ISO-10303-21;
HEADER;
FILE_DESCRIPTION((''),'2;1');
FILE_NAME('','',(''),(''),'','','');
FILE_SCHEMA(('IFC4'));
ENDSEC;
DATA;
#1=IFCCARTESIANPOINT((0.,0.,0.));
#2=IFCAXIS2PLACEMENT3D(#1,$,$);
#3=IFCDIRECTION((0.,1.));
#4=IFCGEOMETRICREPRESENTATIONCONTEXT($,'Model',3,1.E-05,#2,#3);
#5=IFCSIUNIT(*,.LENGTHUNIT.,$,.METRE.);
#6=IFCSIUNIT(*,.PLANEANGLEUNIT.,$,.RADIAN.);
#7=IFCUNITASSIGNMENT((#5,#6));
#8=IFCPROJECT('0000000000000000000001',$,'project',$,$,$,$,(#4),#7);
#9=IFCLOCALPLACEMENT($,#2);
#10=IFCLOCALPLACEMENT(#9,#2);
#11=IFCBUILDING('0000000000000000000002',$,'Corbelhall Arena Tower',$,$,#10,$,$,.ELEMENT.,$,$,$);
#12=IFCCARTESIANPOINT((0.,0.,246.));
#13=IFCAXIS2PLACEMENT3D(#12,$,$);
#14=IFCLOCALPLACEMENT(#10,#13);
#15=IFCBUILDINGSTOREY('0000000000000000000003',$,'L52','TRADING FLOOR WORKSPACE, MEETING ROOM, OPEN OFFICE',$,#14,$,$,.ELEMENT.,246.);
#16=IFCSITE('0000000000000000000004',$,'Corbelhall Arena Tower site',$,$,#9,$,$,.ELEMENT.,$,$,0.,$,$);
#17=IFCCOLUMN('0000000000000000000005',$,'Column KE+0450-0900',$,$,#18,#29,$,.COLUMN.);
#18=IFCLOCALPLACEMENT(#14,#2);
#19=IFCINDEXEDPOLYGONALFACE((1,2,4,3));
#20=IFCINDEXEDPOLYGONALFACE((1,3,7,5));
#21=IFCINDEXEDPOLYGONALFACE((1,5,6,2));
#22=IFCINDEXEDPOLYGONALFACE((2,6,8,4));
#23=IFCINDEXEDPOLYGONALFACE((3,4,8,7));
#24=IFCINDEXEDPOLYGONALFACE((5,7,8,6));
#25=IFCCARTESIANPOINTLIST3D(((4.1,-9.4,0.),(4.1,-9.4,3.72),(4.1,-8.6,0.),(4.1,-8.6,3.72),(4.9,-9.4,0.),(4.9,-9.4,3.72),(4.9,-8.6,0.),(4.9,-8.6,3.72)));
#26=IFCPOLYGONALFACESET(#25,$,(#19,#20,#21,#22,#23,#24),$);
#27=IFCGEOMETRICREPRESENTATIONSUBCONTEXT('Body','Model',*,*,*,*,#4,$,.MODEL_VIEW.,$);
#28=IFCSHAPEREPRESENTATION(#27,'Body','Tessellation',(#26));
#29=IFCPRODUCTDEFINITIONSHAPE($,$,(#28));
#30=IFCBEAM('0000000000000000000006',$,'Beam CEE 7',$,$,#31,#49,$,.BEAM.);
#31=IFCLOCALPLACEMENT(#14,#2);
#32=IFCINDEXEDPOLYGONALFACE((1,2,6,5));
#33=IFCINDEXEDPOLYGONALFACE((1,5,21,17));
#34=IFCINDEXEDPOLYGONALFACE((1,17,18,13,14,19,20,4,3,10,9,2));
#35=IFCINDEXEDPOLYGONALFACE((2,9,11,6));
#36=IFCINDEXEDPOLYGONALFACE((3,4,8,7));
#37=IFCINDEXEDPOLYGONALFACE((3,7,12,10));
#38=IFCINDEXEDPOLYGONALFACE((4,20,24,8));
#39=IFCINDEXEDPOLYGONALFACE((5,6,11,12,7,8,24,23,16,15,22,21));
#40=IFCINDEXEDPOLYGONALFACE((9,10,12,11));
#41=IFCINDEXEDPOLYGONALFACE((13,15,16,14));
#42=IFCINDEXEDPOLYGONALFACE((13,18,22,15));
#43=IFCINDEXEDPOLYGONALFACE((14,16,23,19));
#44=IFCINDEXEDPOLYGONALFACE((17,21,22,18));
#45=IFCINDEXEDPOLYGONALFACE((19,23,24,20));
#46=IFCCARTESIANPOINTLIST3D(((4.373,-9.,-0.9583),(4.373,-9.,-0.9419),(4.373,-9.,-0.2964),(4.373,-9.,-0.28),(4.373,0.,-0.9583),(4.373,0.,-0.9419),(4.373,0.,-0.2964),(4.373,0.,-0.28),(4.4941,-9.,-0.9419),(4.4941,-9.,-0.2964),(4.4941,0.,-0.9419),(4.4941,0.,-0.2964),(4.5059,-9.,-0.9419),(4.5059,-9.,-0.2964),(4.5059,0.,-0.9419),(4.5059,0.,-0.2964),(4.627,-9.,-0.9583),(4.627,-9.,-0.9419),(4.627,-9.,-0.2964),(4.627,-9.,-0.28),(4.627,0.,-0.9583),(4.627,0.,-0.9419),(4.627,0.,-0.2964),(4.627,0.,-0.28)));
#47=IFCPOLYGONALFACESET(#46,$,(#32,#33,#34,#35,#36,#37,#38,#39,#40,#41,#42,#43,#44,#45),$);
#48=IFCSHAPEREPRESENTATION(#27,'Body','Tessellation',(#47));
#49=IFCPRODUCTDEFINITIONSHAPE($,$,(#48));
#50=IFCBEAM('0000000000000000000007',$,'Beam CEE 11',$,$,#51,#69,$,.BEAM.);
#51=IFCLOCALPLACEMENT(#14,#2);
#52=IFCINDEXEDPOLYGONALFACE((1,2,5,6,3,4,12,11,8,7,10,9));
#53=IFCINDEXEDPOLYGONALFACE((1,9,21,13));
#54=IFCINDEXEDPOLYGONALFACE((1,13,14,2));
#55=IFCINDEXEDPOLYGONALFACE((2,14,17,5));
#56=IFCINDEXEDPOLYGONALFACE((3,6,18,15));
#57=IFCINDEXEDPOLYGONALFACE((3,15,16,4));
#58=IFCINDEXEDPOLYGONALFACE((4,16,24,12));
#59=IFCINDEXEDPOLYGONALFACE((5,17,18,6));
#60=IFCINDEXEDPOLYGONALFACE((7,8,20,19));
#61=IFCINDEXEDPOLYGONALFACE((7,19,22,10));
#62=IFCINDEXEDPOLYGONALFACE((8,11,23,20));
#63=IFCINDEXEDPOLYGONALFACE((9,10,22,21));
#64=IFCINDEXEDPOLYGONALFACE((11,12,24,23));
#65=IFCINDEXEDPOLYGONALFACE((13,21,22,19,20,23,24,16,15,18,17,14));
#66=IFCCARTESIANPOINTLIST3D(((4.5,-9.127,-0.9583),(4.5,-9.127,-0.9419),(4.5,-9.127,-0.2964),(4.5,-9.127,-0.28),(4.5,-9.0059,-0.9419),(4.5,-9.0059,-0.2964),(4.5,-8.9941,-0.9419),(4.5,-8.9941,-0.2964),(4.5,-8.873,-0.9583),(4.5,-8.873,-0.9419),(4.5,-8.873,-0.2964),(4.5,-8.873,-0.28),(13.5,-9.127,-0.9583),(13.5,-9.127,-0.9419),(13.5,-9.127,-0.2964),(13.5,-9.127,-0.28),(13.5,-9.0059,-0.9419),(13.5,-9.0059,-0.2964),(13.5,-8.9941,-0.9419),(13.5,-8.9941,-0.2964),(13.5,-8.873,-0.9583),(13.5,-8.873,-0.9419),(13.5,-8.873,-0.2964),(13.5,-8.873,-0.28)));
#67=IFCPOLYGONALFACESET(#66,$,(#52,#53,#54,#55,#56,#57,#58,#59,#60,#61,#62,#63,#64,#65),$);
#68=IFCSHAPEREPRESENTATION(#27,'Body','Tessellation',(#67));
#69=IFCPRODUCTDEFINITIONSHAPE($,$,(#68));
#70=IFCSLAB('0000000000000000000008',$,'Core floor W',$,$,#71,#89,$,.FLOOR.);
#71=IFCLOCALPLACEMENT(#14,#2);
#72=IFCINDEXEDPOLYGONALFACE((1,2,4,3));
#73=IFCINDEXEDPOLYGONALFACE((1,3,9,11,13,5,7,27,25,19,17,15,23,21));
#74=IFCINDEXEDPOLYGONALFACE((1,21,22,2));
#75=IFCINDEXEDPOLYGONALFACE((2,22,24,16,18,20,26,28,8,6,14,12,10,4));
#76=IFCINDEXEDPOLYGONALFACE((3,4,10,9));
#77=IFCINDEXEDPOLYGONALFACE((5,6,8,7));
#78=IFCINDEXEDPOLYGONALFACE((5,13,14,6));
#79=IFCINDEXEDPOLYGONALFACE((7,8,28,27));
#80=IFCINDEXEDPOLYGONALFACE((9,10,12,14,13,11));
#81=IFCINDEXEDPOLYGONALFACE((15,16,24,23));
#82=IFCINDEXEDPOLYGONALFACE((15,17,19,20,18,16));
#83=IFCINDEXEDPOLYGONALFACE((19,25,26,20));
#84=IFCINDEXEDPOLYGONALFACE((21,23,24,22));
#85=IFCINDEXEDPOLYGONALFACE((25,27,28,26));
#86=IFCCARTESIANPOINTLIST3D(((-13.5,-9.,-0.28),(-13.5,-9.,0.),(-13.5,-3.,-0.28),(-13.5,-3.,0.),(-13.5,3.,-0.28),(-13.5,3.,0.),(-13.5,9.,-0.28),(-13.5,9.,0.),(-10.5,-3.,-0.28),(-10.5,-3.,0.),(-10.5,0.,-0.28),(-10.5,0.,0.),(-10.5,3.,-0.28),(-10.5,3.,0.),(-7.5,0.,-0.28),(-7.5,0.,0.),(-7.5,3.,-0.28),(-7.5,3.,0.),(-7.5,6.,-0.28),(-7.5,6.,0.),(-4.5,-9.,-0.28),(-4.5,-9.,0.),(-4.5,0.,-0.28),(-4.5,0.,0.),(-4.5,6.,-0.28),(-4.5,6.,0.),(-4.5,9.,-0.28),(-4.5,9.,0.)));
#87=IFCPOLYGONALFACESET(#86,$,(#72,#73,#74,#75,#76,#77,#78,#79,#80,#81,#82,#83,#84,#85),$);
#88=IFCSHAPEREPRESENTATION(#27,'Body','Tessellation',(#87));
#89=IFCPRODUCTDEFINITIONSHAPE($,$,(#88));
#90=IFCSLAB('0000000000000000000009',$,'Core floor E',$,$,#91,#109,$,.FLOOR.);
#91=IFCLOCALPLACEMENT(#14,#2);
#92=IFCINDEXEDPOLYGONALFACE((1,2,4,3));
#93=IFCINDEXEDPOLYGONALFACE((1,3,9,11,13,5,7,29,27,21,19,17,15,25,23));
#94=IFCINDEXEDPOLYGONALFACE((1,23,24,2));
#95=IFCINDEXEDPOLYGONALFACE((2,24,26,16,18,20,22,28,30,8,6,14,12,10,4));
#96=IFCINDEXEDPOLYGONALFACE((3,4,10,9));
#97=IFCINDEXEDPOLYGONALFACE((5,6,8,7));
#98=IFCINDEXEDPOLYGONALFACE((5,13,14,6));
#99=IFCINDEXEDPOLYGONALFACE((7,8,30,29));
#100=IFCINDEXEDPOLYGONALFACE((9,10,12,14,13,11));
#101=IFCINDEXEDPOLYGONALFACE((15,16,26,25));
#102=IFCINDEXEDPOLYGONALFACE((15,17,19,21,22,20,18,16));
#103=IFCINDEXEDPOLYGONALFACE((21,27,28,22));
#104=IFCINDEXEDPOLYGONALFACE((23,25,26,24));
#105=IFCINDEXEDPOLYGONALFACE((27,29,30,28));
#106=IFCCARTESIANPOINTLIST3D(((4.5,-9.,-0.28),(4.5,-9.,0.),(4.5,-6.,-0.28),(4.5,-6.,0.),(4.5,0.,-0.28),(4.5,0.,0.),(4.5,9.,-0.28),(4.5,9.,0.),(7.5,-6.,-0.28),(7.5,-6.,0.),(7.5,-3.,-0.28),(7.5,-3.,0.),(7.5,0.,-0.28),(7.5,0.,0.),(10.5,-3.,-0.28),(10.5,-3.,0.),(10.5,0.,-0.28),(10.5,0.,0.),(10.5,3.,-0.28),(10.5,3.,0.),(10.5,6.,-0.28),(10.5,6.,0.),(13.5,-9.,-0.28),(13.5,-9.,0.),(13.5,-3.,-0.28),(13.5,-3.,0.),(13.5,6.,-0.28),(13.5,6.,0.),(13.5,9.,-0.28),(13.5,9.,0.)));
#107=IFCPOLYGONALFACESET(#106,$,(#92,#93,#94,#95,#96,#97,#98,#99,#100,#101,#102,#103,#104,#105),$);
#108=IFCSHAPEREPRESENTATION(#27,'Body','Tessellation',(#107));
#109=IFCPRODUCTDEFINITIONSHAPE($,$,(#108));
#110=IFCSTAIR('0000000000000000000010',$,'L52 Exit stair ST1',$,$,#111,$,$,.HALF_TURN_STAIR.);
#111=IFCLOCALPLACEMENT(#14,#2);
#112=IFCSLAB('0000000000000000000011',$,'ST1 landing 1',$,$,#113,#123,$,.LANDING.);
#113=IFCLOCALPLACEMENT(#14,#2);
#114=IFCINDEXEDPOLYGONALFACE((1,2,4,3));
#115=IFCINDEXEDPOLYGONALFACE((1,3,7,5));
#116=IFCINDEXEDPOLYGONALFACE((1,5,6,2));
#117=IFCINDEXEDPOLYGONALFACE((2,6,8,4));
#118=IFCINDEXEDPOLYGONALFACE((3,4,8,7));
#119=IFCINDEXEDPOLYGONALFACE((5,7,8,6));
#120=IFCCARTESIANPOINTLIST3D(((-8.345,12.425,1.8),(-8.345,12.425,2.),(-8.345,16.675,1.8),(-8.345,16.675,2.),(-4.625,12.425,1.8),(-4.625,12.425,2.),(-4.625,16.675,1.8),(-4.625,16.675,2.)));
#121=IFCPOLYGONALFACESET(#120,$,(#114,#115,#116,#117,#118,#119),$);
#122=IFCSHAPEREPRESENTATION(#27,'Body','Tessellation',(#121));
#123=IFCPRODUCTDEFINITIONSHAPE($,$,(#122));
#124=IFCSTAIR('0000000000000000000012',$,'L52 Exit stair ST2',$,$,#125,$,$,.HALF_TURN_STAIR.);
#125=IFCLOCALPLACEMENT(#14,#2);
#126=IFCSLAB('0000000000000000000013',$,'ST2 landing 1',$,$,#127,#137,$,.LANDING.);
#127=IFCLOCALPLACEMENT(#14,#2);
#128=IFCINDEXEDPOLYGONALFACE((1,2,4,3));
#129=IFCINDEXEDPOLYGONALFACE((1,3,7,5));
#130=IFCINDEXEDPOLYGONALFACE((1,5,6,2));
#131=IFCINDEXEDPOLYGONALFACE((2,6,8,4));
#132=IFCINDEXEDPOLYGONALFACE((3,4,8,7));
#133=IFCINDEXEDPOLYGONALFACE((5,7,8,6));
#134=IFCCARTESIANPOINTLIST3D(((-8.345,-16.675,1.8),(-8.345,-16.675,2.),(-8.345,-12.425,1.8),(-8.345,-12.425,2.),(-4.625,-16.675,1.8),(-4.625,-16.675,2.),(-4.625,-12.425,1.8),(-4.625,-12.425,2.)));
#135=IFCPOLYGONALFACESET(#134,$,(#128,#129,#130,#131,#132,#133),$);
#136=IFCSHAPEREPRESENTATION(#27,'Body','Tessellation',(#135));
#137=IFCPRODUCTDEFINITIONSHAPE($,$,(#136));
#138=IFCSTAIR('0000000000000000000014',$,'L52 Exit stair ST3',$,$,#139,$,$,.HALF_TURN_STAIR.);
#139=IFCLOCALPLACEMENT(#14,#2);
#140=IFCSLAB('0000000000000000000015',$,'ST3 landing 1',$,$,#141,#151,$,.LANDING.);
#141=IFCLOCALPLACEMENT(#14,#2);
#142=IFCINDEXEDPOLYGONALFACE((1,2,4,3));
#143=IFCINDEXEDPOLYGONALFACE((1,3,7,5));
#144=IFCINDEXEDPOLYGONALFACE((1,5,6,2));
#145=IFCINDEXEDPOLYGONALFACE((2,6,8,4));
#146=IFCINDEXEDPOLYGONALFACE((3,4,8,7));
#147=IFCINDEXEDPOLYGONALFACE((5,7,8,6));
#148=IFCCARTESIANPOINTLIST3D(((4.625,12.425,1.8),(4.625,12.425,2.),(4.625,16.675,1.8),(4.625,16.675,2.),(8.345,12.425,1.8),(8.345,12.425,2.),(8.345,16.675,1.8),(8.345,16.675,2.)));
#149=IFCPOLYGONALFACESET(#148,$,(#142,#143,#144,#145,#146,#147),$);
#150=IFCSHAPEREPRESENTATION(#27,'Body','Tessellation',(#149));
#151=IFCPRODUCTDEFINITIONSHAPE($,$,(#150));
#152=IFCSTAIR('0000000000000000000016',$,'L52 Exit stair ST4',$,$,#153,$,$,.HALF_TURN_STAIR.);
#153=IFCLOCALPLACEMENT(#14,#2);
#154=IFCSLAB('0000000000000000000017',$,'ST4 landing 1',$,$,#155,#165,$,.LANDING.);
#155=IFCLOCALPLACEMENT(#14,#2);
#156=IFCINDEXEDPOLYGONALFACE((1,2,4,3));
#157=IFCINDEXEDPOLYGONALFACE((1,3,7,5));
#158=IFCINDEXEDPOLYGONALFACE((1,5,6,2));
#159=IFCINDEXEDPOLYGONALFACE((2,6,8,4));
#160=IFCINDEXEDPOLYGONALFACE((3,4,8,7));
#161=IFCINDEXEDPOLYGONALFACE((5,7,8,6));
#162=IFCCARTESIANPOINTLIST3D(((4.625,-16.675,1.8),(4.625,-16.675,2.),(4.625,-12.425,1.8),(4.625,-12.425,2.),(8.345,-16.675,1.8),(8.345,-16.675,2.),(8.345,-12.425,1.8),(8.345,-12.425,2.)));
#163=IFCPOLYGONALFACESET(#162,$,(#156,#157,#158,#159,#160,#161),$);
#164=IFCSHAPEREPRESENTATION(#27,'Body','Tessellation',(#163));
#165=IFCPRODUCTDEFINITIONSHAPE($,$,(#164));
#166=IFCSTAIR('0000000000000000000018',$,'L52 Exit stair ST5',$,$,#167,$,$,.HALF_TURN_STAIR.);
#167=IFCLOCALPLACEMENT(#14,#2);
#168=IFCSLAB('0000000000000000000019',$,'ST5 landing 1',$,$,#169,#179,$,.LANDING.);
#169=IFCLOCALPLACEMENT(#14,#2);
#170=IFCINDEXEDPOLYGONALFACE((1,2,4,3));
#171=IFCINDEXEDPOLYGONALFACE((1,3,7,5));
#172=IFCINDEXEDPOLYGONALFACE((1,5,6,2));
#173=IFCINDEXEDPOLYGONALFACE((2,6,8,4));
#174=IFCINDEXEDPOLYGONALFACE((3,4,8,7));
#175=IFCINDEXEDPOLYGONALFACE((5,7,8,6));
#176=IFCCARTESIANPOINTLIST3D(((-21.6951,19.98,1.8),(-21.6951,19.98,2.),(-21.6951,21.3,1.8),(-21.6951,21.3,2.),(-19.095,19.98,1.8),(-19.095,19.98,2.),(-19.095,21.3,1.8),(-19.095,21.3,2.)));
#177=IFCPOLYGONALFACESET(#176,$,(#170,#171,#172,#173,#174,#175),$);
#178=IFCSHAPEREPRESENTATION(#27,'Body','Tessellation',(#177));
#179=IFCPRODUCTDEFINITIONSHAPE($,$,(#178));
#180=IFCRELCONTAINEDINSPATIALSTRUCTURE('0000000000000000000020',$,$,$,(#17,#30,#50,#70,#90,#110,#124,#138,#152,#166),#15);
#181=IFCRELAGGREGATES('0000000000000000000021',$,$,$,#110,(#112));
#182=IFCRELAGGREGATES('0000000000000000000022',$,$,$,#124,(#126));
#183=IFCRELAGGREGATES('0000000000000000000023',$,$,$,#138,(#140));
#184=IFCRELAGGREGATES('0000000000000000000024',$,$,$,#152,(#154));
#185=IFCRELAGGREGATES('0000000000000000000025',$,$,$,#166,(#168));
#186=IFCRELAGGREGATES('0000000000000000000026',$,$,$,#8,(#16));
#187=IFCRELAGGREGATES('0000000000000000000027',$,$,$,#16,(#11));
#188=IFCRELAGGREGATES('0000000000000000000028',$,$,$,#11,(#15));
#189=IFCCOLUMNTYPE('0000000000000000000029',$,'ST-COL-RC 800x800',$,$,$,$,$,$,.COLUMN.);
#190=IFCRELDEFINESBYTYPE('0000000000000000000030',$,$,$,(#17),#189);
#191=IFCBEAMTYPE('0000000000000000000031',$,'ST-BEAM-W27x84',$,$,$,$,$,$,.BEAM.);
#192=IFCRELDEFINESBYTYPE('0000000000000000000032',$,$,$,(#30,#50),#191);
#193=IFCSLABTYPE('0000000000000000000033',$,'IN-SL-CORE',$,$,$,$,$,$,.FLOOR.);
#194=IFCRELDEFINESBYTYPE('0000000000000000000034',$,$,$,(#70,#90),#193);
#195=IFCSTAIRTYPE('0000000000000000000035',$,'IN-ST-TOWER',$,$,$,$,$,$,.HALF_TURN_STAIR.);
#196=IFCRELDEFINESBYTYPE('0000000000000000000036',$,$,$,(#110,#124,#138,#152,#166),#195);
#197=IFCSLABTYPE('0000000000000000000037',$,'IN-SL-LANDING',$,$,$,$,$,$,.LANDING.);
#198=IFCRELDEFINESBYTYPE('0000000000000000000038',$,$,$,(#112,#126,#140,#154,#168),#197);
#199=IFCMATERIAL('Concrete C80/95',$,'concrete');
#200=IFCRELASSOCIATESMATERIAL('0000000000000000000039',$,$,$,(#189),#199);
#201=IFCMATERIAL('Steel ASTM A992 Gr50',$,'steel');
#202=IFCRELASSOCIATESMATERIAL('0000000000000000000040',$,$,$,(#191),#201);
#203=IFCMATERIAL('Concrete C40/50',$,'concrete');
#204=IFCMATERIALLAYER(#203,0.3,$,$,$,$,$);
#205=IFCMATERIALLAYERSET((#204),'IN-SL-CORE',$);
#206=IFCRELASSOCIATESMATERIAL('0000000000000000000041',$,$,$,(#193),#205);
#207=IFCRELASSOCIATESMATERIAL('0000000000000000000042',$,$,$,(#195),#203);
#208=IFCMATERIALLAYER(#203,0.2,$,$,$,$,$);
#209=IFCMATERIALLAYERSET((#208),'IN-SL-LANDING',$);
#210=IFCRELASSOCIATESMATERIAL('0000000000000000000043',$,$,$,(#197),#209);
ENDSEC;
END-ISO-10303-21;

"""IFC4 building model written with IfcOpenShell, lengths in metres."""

from ifc_helpers import new_model, si_unit, direction, frame, origin, origin_2d, place, context, subcontext, project, spatial, polyline, rectangle, i_section, outline, extrude, material, layer, layer_set, material_profile, profile_set, type_object, element, aggregate, save


model = new_model("IFC4")

# Units and contexts
model_context = context("Model", 3, precision=1e-05, world=origin(), true_north=direction((0.0, 1.0)))
body_context = subcontext(model_context, "Body", "Model", "MODEL_VIEW")
ifc_project = project(units=[si_unit("LENGTHUNIT", "METRE"), si_unit("PLANEANGLEUNIT", "RADIAN")], contexts=[model_context])

# Site, building, storey
site_placement = place(None, origin())
site = spatial("IfcSite", under=ifc_project, at=site_placement, Name="Corbelhall Arena Tower site", CompositionType="ELEMENT", RefElevation=0.0)
building_placement = place(site_placement, origin())
building = spatial("IfcBuilding", under=site, at=building_placement, Name="Corbelhall Arena Tower", CompositionType="ELEMENT")
storey_placement = place(building_placement, frame((0.0, 0.0, 246.0)))
storey = spatial("IfcBuildingStorey", under=building, at=storey_placement, Name="L52", Description="TRADING FLOOR WORKSPACE, MEETING ROOM, OPEN OFFICE", CompositionType="ELEMENT", Elevation=246.0)

# Column
ifc_material_1 = material(Name="Concrete C80/95", Category="concrete")
ifc_material_profile_1 = material_profile(ifc_material_1, rectangle(XDim=0.8, YDim=0.8, at=origin_2d()))
ifc_profile_set_1 = profile_set([ifc_material_profile_1], Name="Concrete C80/95")
column_type = type_object("IfcColumnType", Name="ST-COL-RC 800x800", PredefinedType="COLUMN", material=ifc_profile_set_1)
column_placement = place(storey_placement, frame((4.5, -9.0, 0.0), z_axis=(0.0, 0.0, 1.0), x_axis=(1.0, 0.0, 0.0)))
element("IfcColumn", 1, at=column_placement, inside=storey, type_object=column_type, Name="Column KE+0450-0900", PredefinedType="COLUMN", context=body_context, shape_type="SweptSolid", body=[
    extrude(rectangle(XDim=0.8, YDim=0.8, at=origin_2d()), origin(), (0.0, 0.0, 1.0), 3.72),
])

# Beams
ifc_material_2 = material(Name="Steel ASTM A992 Gr50", Category="steel")
ifc_material_profile_2 = material_profile(ifc_material_2, i_section(OverallWidth=0.2539, OverallDepth=0.6782, WebThickness=0.0117, FlangeThickness=0.0164, at=origin_2d()))
ifc_profile_set_2 = profile_set([ifc_material_profile_2], Name="Steel ASTM A992 Gr50")
beam_type = type_object("IfcBeamType", Name="ST-BEAM-W27x84", PredefinedType="BEAM", material=ifc_profile_set_2)
for number, where, z_axis, x_axis, name in (
    (2, (4.5, -9.0, -0.6191), (0.0, 1.0, 0.0), (-1.0, 0.0, 0.0), "Beam CEE 7"),
    (3, (4.5, -9.0, -0.6191), (1.0, 0.0, 0.0), (0.0, 1.0, 0.0), "Beam CEE 11"),
):
    element("IfcBeam", number, at=place(storey_placement, frame(where, z_axis=z_axis, x_axis=x_axis)), inside=storey, type_object=beam_type, Name=name, PredefinedType="BEAM", context=body_context, shape_type="SweptSolid", body=[
        extrude(i_section(OverallWidth=0.2539, OverallDepth=0.6782, WebThickness=0.0117, FlangeThickness=0.0164, at=origin_2d()), origin(), (0.0, 0.0, 1.0), 9.0),
    ])

# Slabs
ifc_material_3 = material(Name="Concrete C40/50", Category="concrete")
ifc_layer_1 = layer(ifc_material_3, 0.3)
ifc_layer_set_1 = layer_set([ifc_layer_1], Name="IN-SL-CORE")
slab_type_1 = type_object("IfcSlabType", Name="IN-SL-CORE", PredefinedType="FLOOR", material=ifc_layer_set_1)
slab_1_placement = place(storey_placement, frame((0.0, 0.0, -0.28)))
element("IfcSlab", 4, at=slab_1_placement, inside=storey, type_object=slab_type_1, Name="Core floor W", PredefinedType="FLOOR", context=body_context, shape_type="SweptSolid", body=[
    extrude(outline(polyline([(-10.5, -3.0), (-13.5, -3.0), (-13.5, -9.0), (-4.5, -9.0), (-4.5, 0.0), (-7.5, 0.0), (-7.5, 3.0), (-7.5, 6.0), (-4.5, 6.0), (-4.5, 9.0), (-13.5, 9.0), (-13.5, 3.0), (-10.5, 3.0), (-10.5, 0.0), (-10.5, -3.0)])), origin(), (0.0, 0.0, 1.0), 0.28),
])
slab_2_placement = place(storey_placement, frame((0.0, 0.0, -0.28)))
element("IfcSlab", 5, at=slab_2_placement, inside=storey, type_object=slab_type_1, Name="Core floor E", PredefinedType="FLOOR", context=body_context, shape_type="SweptSolid", body=[
    extrude(outline(polyline([(13.5, -3.0), (10.5, -3.0), (10.5, 0.0), (10.5, 3.0), (10.5, 6.0), (13.5, 6.0), (13.5, 9.0), (4.5, 9.0), (4.5, 0.0), (7.5, 0.0), (7.5, -3.0), (7.5, -6.0), (4.5, -6.0), (4.5, -9.0), (13.5, -9.0), (13.5, -3.0)])), origin(), (0.0, 0.0, 1.0), 0.28),
])

# Stairs, slabs
stair_type = type_object("IfcStairType", Name="IN-ST-TOWER", PredefinedType="HALF_TURN_STAIR", material=ifc_material_3)
stair_1_placement = place(storey_placement, origin())
stair_1 = element("IfcStair", 6, at=stair_1_placement, inside=storey, type_object=stair_type, Name="L52 Exit stair ST1", PredefinedType="HALF_TURN_STAIR")
ifc_layer_2 = layer(ifc_material_3, 0.2)
ifc_layer_set_2 = layer_set([ifc_layer_2], Name="IN-SL-LANDING")
slab_type_2 = type_object("IfcSlabType", Name="IN-SL-LANDING", PredefinedType="LANDING", material=ifc_layer_set_2)
slab_3_placement = place(storey_placement, frame((0.0, 0.0, 1.8)))
slab_3 = element("IfcSlab", 7, at=slab_3_placement, type_object=slab_type_2, Name="ST1 landing 1", PredefinedType="LANDING", context=body_context, shape_type="SweptSolid", body=[
    extrude(outline(polyline([(-8.345, 12.425), (-4.625, 12.425), (-4.625, 16.675), (-8.345, 16.675), (-8.345, 12.425)])), origin(), (0.0, 0.0, 1.0), 0.2),
])
aggregate(stair_1, [slab_3])
stair_2_placement = place(storey_placement, origin())
stair_2 = element("IfcStair", 8, at=stair_2_placement, inside=storey, type_object=stair_type, Name="L52 Exit stair ST2", PredefinedType="HALF_TURN_STAIR")
slab_4_placement = place(storey_placement, frame((0.0, 0.0, 1.8)))
slab_4 = element("IfcSlab", 9, at=slab_4_placement, type_object=slab_type_2, Name="ST2 landing 1", PredefinedType="LANDING", context=body_context, shape_type="SweptSolid", body=[
    extrude(outline(polyline([(-8.345, -16.675), (-4.625, -16.675), (-4.625, -12.425), (-8.345, -12.425), (-8.345, -16.675)])), origin(), (0.0, 0.0, 1.0), 0.2),
])
aggregate(stair_2, [slab_4])
stair_3_placement = place(storey_placement, origin())
stair_3 = element("IfcStair", 10, at=stair_3_placement, inside=storey, type_object=stair_type, Name="L52 Exit stair ST3", PredefinedType="HALF_TURN_STAIR")
slab_5_placement = place(storey_placement, frame((0.0, 0.0, 1.8)))
slab_5 = element("IfcSlab", 11, at=slab_5_placement, type_object=slab_type_2, Name="ST3 landing 1", PredefinedType="LANDING", context=body_context, shape_type="SweptSolid", body=[
    extrude(outline(polyline([(8.345, 16.675), (4.625, 16.675), (4.625, 12.425), (8.345, 12.425), (8.345, 16.675)])), origin(), (0.0, 0.0, 1.0), 0.2),
])
aggregate(stair_3, [slab_5])
stair_4_placement = place(storey_placement, origin())
stair_4 = element("IfcStair", 12, at=stair_4_placement, inside=storey, type_object=stair_type, Name="L52 Exit stair ST4", PredefinedType="HALF_TURN_STAIR")
slab_6_placement = place(storey_placement, frame((0.0, 0.0, 1.8)))
slab_6 = element("IfcSlab", 13, at=slab_6_placement, type_object=slab_type_2, Name="ST4 landing 1", PredefinedType="LANDING", context=body_context, shape_type="SweptSolid", body=[
    extrude(outline(polyline([(8.345, -12.425), (4.625, -12.425), (4.625, -16.675), (8.345, -16.675), (8.345, -12.425)])), origin(), (0.0, 0.0, 1.0), 0.2),
])
aggregate(stair_4, [slab_6])
stair_5_placement = place(storey_placement, origin())
stair_5 = element("IfcStair", 14, at=stair_5_placement, inside=storey, type_object=stair_type, Name="L52 Exit stair ST5", PredefinedType="HALF_TURN_STAIR")
slab_7_placement = place(storey_placement, frame((0.0, 0.0, 1.8)))
slab_7 = element("IfcSlab", 15, at=slab_7_placement, type_object=slab_type_2, Name="ST5 landing 1", PredefinedType="LANDING", context=body_context, shape_type="SweptSolid", body=[
    extrude(outline(polyline([(-19.095, 19.98), (-19.095, 21.3), (-21.6951, 21.3), (-21.6951, 19.98), (-19.095, 19.98)])), origin(), (0.0, 0.0, 1.0), 0.2),
])
aggregate(stair_5, [slab_7])

save(model, "model.ifc")
